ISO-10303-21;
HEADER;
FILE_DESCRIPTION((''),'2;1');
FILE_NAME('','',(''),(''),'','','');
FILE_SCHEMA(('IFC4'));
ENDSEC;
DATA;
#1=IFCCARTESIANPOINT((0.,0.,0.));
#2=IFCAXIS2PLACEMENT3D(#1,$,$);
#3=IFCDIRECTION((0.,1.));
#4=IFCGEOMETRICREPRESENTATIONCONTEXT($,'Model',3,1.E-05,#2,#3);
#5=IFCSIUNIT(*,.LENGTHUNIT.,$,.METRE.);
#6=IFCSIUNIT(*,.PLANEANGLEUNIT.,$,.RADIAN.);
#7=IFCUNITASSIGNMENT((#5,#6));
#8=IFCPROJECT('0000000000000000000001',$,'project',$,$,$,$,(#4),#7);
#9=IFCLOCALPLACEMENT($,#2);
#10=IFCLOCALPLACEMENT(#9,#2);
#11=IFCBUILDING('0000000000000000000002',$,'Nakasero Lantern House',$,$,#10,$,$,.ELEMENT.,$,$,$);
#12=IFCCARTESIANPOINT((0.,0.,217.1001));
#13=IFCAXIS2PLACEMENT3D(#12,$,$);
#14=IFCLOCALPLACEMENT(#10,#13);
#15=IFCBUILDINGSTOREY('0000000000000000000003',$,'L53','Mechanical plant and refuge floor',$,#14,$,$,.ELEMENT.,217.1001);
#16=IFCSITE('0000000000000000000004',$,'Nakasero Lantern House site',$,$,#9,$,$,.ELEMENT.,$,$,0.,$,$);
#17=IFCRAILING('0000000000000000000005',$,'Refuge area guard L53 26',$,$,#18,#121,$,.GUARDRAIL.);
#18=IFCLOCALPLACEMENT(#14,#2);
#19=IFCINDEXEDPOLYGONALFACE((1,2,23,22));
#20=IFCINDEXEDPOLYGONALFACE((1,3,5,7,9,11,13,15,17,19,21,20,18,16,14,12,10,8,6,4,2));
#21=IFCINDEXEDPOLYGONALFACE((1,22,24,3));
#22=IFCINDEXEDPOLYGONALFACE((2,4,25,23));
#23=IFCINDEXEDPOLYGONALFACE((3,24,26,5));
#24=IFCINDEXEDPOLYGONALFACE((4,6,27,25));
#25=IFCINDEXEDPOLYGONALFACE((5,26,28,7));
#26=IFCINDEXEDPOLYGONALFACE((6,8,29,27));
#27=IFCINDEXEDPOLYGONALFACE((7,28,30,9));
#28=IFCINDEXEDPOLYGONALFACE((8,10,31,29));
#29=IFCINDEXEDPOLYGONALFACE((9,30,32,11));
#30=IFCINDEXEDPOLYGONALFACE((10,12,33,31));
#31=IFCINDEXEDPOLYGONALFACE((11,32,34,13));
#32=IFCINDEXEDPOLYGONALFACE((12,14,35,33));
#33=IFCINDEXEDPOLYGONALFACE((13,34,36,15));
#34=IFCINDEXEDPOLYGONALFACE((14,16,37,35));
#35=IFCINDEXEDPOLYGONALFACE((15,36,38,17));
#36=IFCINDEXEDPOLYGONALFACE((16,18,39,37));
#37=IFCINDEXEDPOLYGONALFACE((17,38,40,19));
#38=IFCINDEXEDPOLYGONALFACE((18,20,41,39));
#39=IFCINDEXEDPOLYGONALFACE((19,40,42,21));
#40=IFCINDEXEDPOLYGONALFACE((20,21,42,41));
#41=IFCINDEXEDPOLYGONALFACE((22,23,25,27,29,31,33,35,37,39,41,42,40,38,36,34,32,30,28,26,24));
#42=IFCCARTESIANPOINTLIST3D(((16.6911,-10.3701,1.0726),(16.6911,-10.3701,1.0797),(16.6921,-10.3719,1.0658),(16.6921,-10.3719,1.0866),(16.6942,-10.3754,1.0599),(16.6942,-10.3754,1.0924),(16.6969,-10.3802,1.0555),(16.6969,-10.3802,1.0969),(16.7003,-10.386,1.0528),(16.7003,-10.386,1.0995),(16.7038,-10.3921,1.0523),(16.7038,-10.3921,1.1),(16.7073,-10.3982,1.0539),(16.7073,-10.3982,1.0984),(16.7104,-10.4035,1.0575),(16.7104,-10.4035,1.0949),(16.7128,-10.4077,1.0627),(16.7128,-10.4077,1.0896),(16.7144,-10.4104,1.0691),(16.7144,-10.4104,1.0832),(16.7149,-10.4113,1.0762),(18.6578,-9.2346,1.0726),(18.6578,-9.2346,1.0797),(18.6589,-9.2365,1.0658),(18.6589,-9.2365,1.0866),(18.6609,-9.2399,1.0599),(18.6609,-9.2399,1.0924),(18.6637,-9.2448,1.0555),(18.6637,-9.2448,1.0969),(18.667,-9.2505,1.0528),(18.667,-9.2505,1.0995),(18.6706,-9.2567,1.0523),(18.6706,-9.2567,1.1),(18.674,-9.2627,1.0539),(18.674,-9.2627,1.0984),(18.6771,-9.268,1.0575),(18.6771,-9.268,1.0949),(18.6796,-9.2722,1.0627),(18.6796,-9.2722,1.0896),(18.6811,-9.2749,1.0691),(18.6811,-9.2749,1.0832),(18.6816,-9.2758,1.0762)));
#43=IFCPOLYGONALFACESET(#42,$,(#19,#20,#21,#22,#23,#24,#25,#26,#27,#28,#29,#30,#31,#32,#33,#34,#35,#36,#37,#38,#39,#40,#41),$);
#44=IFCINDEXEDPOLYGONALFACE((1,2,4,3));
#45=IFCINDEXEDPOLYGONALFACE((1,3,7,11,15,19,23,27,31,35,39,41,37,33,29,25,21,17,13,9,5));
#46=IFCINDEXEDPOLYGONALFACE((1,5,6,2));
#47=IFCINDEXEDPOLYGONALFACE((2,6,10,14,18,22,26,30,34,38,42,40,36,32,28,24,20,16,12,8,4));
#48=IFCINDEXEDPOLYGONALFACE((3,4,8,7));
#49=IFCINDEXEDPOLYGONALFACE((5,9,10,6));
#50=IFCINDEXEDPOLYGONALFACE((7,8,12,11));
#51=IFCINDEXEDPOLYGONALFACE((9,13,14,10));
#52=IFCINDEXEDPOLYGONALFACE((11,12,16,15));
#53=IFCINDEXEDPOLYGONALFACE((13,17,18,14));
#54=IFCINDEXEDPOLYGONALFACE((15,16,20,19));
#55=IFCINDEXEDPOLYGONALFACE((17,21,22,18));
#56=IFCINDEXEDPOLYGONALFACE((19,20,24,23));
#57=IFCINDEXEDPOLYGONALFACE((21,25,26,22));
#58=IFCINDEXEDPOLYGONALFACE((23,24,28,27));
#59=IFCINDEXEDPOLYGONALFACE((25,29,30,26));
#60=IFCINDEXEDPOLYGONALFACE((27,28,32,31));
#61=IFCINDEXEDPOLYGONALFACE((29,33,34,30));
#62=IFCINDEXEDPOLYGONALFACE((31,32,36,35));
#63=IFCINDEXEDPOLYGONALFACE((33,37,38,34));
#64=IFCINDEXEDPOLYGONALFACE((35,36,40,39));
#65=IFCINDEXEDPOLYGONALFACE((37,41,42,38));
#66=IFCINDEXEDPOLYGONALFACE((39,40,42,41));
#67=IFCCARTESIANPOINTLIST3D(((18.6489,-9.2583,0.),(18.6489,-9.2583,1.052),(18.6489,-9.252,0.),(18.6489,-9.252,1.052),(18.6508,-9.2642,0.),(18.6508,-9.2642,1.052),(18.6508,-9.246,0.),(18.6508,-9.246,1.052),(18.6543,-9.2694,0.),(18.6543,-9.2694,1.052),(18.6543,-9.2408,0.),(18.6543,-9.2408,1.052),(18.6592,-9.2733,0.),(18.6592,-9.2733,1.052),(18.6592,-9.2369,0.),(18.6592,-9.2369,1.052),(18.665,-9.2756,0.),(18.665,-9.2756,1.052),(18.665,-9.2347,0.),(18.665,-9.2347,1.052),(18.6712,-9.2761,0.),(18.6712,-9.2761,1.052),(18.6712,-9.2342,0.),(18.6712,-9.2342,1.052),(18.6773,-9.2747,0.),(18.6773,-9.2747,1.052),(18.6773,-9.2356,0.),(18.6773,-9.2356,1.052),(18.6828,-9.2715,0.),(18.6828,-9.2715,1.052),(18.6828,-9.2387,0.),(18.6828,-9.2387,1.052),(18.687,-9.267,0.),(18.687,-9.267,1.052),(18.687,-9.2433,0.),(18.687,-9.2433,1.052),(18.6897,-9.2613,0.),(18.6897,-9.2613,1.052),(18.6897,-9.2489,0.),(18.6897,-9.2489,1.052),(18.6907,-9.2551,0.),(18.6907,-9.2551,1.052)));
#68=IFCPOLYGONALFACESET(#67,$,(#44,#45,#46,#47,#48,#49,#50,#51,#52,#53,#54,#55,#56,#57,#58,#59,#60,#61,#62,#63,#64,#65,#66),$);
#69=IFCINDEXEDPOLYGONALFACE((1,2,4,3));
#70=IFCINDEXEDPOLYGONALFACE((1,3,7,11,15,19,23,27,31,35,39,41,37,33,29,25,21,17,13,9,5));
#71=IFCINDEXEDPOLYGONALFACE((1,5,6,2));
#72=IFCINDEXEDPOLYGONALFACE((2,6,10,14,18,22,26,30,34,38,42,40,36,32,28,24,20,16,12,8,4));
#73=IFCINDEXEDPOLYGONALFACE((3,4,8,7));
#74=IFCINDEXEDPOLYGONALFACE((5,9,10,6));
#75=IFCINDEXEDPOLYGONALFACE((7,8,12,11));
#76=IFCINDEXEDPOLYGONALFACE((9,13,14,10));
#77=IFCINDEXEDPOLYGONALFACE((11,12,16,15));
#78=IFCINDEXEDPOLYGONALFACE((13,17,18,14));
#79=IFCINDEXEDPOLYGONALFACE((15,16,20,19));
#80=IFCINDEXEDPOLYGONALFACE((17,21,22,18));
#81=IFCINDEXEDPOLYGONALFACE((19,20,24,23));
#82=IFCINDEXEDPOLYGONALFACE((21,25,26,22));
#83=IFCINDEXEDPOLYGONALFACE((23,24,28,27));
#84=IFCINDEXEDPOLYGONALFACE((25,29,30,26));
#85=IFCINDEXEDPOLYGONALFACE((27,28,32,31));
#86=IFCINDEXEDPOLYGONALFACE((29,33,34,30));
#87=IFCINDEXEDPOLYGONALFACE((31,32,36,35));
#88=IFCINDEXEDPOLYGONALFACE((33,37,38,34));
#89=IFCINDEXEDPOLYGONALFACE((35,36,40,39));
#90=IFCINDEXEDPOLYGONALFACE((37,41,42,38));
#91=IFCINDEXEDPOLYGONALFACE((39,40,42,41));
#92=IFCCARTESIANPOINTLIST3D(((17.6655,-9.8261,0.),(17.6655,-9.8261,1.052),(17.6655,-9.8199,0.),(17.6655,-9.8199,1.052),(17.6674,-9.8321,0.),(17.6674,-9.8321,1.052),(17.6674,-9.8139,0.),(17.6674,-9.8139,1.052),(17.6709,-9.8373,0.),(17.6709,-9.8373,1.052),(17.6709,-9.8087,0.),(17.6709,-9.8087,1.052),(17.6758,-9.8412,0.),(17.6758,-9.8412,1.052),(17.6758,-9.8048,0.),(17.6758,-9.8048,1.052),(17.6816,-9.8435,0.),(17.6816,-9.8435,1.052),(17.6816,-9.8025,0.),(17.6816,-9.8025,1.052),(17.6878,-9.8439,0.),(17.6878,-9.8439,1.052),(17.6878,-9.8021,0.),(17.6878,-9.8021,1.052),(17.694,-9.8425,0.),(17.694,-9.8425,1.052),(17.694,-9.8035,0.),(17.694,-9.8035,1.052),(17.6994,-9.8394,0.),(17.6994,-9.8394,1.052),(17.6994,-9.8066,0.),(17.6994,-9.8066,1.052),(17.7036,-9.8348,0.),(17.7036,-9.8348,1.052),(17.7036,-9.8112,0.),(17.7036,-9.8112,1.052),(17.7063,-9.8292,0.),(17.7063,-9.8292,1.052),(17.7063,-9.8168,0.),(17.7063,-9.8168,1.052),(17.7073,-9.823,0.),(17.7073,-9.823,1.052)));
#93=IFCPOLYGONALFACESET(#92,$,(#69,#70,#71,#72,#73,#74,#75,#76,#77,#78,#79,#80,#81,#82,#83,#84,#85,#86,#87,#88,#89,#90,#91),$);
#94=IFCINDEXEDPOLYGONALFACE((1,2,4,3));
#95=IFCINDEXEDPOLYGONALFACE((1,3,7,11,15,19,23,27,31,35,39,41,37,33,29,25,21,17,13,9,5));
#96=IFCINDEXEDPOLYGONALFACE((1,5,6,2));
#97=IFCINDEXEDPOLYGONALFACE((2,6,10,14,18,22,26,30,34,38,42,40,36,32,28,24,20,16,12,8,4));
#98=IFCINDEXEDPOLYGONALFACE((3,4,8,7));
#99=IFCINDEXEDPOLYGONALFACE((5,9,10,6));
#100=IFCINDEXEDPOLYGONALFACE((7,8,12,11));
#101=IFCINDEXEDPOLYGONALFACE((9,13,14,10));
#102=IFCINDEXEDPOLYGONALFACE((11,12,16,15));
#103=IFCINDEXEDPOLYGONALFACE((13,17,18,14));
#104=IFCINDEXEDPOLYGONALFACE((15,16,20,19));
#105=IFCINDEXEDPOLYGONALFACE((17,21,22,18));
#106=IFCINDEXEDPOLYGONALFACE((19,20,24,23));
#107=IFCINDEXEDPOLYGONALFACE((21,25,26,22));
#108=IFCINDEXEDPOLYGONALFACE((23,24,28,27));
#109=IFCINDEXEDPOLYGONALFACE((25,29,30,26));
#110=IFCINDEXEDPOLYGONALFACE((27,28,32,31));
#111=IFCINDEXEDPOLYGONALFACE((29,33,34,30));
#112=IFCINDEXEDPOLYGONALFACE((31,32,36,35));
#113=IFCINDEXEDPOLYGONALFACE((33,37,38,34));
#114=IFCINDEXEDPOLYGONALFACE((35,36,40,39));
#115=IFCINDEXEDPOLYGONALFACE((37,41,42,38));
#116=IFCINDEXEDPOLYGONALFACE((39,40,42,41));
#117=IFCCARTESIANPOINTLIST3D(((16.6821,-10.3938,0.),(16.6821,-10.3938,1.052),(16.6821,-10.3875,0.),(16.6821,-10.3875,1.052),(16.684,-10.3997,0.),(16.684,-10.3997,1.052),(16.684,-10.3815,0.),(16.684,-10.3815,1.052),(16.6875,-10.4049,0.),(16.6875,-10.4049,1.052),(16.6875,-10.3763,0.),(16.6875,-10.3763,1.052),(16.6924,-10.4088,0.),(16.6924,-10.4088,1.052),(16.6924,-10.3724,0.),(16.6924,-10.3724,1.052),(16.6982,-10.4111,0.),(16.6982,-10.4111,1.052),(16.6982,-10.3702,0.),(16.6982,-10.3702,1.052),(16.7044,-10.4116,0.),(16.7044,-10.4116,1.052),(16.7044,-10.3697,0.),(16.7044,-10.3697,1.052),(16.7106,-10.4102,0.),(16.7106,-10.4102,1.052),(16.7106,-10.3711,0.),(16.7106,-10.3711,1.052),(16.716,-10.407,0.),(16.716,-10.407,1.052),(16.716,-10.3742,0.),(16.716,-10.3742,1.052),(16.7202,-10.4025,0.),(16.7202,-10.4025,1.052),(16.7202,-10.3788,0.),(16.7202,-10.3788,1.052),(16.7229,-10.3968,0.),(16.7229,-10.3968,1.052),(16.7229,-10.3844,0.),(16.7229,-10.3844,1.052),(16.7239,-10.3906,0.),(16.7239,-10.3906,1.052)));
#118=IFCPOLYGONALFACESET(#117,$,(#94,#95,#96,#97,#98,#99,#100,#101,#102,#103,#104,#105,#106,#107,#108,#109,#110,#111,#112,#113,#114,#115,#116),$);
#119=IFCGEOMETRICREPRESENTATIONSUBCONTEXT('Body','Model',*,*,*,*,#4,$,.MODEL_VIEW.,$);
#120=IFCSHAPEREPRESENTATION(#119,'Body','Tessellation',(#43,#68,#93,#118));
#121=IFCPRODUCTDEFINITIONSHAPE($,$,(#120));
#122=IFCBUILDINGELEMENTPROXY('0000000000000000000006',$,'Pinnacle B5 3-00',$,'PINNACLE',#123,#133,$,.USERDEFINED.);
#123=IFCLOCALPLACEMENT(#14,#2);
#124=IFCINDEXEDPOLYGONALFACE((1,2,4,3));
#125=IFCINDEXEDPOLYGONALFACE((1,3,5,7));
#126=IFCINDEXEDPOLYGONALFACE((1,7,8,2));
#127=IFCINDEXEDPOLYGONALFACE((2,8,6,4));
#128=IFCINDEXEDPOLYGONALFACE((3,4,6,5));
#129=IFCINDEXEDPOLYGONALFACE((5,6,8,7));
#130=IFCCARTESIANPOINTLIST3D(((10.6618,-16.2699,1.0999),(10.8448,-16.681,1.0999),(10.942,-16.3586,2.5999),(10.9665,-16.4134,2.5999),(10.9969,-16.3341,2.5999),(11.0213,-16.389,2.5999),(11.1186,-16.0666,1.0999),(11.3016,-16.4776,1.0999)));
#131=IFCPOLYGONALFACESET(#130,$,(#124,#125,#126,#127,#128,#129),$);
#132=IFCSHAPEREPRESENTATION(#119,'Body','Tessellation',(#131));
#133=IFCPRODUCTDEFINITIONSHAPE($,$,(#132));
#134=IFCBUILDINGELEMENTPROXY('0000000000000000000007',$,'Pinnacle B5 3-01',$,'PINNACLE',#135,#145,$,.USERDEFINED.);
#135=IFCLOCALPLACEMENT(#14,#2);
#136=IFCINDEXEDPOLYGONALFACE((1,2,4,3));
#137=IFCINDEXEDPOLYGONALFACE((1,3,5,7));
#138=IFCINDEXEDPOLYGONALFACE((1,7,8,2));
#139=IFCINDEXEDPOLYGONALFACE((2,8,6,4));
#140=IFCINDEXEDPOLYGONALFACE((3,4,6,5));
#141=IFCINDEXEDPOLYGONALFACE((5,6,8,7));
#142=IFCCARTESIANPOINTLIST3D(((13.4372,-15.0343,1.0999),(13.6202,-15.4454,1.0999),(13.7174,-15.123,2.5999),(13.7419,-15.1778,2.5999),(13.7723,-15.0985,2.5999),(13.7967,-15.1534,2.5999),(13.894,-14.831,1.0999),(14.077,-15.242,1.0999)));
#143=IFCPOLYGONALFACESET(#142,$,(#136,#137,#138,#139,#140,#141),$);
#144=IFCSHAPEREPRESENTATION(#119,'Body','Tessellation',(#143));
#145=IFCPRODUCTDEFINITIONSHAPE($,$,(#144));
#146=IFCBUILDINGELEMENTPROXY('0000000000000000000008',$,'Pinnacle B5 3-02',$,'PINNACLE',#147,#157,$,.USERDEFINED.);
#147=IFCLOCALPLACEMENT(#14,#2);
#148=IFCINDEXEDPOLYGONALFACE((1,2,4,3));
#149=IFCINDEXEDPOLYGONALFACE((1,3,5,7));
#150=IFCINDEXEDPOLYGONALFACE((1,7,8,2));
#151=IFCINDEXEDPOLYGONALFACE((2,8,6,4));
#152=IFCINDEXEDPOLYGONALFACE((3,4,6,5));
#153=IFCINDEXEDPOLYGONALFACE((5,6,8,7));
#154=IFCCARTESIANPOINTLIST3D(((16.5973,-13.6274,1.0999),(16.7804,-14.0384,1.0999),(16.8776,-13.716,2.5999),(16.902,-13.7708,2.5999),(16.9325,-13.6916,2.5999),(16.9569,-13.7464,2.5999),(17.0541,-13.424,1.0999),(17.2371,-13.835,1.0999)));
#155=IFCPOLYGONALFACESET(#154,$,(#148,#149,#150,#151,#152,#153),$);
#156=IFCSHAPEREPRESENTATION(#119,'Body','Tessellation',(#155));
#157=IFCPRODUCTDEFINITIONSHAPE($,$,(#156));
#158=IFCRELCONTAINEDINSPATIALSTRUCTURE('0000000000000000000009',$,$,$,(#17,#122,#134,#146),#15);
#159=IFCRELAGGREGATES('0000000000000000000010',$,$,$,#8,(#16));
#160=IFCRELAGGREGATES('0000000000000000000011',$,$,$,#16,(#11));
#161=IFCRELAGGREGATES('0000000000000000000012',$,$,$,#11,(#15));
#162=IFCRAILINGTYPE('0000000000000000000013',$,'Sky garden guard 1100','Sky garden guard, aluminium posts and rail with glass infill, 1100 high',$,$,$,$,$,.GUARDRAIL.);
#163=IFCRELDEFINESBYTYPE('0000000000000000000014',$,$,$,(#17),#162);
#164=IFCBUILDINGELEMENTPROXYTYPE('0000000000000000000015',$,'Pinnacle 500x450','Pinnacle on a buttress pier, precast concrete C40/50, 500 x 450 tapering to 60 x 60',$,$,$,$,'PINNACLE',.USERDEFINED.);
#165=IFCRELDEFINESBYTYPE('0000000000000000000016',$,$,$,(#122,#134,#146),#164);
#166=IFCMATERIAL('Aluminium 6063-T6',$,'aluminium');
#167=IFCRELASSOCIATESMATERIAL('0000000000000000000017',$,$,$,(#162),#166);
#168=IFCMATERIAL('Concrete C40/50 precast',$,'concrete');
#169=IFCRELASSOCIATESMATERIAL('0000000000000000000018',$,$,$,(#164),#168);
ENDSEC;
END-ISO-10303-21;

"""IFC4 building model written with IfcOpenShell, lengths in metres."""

from ifc_helpers import new_model, entity, si_unit, direction, frame, origin, origin_2d, place, context, subcontext, project, spatial, circle, extrude, material, type_object, element, save


model = new_model("IFC4")

# Units and contexts
model_context = context("Model", 3, precision=1e-05, world=origin(), true_north=direction((0.0, 1.0)))
body_context = subcontext(model_context, "Body", "Model", "MODEL_VIEW")
ifc_project = project(units=[si_unit("LENGTHUNIT", "METRE"), si_unit("PLANEANGLEUNIT", "RADIAN")], contexts=[model_context])

# Site, building, storey
site_placement = place(None, origin())
site = spatial("IfcSite", under=ifc_project, at=site_placement, Name="Nakasero Lantern House site", CompositionType="ELEMENT", RefElevation=0.0)
building_placement = place(site_placement, origin())
building = spatial("IfcBuilding", under=site, at=building_placement, Name="Nakasero Lantern House", CompositionType="ELEMENT")
storey_placement = place(building_placement, frame((0.0, 0.0, 217.1001)))
storey = spatial("IfcBuildingStorey", under=building, at=storey_placement, Name="L53", Description="Mechanical plant and refuge floor", CompositionType="ELEMENT", Elevation=217.1001)

# Railing
ifc_material_1 = material(Name="Aluminium 6063-T6", Category="aluminium")
railing_type = type_object("IfcRailingType", Name="Sky garden guard 1100", Description="Sky garden guard, aluminium posts and rail with glass infill, 1100 high", PredefinedType="GUARDRAIL", material=ifc_material_1)
railing_1_placement = place(storey_placement, frame((18.6697, -9.2551, 0.0)))
element("IfcRailing", 1, at=railing_1_placement, inside=storey, type_object=railing_type, Name="Refuge area guard L53 26", PredefinedType="GUARDRAIL", context=body_context, shape_type="SweptSolid", body=[
    extrude(circle(Radius=0.0239, at=origin_2d()), frame((0.0, 0.0, 1.0762), z_axis=(-0.866032, -0.499989, 0.0), x_axis=(0.499989, -0.866032, 0.0)), (0.0, 0.0, 1.0), 2.271),
    extrude(circle(Radius=0.021, at=origin_2d()), origin(), (0.0, 0.0, 1.0), 1.052),
    extrude(circle(Radius=0.021, at=origin_2d()), frame((-0.9834, -0.5679, 0.0)), (0.0, 0.0, 1.0), 1.052),
    extrude(circle(Radius=0.021, at=origin_2d()), frame((-1.9668, -1.1355, 0.0)), (0.0, 0.0, 1.0), 1.052),
])

# Building element proxies
ifc_material_2 = material(Name="Concrete C40/50 precast", Category="concrete")
building_element_proxy_type = type_object("IfcBuildingElementProxyType", Name="Pinnacle 500x450", Description="Pinnacle on a buttress pier, precast concrete C40/50, 500 x 450 tapering to 60 x 60", ElementType="PINNACLE", PredefinedType="USERDEFINED", material=ifc_material_2)
for number, where, z_axis, x_axis, name in (
    (2, (10.9817, -16.3738, 1.0999), (0.0, 0.0, 1.0), (0.406737, -0.913545, 0.0), "Pinnacle B5 3-00"),
    (3, (13.7571, -15.1382, 1.0999), (0.0, 0.0, 1.0), (0.406737, -0.913545, 0.0), "Pinnacle B5 3-01"),
    (4, (16.9172, -13.7312, 1.0999), (0.0, 0.0, 1.0), (0.406737, -0.913545, 0.0), "Pinnacle B5 3-02"),
):
    element("IfcBuildingElementProxy", number, at=place(storey_placement, frame(where, z_axis=z_axis, x_axis=x_axis)), inside=storey, type_object=building_element_proxy_type, Name=name, ObjectType="PINNACLE", PredefinedType="USERDEFINED", context=body_context, shape_type="SweptSolid", body=[
        entity("IfcExtrudedAreaSolidTapered", entity("IfcRectangleProfileDef", "AREA", None, entity("IfcAxis2Placement2D", entity("IfcCartesianPoint", [0.0, 0.0])), 0.45, 0.5), entity("IfcAxis2Placement3D", entity("IfcCartesianPoint", [0.0, 0.0, 0.0])), entity("IfcDirection", [0.0, 0.0, 1.0]), 1.5, entity("IfcRectangleProfileDef", "AREA", None, entity("IfcAxis2Placement2D", entity("IfcCartesianPoint", [0.0, 0.0])), 0.0601, 0.0601)),
    ])

save(model, "model.ifc")
